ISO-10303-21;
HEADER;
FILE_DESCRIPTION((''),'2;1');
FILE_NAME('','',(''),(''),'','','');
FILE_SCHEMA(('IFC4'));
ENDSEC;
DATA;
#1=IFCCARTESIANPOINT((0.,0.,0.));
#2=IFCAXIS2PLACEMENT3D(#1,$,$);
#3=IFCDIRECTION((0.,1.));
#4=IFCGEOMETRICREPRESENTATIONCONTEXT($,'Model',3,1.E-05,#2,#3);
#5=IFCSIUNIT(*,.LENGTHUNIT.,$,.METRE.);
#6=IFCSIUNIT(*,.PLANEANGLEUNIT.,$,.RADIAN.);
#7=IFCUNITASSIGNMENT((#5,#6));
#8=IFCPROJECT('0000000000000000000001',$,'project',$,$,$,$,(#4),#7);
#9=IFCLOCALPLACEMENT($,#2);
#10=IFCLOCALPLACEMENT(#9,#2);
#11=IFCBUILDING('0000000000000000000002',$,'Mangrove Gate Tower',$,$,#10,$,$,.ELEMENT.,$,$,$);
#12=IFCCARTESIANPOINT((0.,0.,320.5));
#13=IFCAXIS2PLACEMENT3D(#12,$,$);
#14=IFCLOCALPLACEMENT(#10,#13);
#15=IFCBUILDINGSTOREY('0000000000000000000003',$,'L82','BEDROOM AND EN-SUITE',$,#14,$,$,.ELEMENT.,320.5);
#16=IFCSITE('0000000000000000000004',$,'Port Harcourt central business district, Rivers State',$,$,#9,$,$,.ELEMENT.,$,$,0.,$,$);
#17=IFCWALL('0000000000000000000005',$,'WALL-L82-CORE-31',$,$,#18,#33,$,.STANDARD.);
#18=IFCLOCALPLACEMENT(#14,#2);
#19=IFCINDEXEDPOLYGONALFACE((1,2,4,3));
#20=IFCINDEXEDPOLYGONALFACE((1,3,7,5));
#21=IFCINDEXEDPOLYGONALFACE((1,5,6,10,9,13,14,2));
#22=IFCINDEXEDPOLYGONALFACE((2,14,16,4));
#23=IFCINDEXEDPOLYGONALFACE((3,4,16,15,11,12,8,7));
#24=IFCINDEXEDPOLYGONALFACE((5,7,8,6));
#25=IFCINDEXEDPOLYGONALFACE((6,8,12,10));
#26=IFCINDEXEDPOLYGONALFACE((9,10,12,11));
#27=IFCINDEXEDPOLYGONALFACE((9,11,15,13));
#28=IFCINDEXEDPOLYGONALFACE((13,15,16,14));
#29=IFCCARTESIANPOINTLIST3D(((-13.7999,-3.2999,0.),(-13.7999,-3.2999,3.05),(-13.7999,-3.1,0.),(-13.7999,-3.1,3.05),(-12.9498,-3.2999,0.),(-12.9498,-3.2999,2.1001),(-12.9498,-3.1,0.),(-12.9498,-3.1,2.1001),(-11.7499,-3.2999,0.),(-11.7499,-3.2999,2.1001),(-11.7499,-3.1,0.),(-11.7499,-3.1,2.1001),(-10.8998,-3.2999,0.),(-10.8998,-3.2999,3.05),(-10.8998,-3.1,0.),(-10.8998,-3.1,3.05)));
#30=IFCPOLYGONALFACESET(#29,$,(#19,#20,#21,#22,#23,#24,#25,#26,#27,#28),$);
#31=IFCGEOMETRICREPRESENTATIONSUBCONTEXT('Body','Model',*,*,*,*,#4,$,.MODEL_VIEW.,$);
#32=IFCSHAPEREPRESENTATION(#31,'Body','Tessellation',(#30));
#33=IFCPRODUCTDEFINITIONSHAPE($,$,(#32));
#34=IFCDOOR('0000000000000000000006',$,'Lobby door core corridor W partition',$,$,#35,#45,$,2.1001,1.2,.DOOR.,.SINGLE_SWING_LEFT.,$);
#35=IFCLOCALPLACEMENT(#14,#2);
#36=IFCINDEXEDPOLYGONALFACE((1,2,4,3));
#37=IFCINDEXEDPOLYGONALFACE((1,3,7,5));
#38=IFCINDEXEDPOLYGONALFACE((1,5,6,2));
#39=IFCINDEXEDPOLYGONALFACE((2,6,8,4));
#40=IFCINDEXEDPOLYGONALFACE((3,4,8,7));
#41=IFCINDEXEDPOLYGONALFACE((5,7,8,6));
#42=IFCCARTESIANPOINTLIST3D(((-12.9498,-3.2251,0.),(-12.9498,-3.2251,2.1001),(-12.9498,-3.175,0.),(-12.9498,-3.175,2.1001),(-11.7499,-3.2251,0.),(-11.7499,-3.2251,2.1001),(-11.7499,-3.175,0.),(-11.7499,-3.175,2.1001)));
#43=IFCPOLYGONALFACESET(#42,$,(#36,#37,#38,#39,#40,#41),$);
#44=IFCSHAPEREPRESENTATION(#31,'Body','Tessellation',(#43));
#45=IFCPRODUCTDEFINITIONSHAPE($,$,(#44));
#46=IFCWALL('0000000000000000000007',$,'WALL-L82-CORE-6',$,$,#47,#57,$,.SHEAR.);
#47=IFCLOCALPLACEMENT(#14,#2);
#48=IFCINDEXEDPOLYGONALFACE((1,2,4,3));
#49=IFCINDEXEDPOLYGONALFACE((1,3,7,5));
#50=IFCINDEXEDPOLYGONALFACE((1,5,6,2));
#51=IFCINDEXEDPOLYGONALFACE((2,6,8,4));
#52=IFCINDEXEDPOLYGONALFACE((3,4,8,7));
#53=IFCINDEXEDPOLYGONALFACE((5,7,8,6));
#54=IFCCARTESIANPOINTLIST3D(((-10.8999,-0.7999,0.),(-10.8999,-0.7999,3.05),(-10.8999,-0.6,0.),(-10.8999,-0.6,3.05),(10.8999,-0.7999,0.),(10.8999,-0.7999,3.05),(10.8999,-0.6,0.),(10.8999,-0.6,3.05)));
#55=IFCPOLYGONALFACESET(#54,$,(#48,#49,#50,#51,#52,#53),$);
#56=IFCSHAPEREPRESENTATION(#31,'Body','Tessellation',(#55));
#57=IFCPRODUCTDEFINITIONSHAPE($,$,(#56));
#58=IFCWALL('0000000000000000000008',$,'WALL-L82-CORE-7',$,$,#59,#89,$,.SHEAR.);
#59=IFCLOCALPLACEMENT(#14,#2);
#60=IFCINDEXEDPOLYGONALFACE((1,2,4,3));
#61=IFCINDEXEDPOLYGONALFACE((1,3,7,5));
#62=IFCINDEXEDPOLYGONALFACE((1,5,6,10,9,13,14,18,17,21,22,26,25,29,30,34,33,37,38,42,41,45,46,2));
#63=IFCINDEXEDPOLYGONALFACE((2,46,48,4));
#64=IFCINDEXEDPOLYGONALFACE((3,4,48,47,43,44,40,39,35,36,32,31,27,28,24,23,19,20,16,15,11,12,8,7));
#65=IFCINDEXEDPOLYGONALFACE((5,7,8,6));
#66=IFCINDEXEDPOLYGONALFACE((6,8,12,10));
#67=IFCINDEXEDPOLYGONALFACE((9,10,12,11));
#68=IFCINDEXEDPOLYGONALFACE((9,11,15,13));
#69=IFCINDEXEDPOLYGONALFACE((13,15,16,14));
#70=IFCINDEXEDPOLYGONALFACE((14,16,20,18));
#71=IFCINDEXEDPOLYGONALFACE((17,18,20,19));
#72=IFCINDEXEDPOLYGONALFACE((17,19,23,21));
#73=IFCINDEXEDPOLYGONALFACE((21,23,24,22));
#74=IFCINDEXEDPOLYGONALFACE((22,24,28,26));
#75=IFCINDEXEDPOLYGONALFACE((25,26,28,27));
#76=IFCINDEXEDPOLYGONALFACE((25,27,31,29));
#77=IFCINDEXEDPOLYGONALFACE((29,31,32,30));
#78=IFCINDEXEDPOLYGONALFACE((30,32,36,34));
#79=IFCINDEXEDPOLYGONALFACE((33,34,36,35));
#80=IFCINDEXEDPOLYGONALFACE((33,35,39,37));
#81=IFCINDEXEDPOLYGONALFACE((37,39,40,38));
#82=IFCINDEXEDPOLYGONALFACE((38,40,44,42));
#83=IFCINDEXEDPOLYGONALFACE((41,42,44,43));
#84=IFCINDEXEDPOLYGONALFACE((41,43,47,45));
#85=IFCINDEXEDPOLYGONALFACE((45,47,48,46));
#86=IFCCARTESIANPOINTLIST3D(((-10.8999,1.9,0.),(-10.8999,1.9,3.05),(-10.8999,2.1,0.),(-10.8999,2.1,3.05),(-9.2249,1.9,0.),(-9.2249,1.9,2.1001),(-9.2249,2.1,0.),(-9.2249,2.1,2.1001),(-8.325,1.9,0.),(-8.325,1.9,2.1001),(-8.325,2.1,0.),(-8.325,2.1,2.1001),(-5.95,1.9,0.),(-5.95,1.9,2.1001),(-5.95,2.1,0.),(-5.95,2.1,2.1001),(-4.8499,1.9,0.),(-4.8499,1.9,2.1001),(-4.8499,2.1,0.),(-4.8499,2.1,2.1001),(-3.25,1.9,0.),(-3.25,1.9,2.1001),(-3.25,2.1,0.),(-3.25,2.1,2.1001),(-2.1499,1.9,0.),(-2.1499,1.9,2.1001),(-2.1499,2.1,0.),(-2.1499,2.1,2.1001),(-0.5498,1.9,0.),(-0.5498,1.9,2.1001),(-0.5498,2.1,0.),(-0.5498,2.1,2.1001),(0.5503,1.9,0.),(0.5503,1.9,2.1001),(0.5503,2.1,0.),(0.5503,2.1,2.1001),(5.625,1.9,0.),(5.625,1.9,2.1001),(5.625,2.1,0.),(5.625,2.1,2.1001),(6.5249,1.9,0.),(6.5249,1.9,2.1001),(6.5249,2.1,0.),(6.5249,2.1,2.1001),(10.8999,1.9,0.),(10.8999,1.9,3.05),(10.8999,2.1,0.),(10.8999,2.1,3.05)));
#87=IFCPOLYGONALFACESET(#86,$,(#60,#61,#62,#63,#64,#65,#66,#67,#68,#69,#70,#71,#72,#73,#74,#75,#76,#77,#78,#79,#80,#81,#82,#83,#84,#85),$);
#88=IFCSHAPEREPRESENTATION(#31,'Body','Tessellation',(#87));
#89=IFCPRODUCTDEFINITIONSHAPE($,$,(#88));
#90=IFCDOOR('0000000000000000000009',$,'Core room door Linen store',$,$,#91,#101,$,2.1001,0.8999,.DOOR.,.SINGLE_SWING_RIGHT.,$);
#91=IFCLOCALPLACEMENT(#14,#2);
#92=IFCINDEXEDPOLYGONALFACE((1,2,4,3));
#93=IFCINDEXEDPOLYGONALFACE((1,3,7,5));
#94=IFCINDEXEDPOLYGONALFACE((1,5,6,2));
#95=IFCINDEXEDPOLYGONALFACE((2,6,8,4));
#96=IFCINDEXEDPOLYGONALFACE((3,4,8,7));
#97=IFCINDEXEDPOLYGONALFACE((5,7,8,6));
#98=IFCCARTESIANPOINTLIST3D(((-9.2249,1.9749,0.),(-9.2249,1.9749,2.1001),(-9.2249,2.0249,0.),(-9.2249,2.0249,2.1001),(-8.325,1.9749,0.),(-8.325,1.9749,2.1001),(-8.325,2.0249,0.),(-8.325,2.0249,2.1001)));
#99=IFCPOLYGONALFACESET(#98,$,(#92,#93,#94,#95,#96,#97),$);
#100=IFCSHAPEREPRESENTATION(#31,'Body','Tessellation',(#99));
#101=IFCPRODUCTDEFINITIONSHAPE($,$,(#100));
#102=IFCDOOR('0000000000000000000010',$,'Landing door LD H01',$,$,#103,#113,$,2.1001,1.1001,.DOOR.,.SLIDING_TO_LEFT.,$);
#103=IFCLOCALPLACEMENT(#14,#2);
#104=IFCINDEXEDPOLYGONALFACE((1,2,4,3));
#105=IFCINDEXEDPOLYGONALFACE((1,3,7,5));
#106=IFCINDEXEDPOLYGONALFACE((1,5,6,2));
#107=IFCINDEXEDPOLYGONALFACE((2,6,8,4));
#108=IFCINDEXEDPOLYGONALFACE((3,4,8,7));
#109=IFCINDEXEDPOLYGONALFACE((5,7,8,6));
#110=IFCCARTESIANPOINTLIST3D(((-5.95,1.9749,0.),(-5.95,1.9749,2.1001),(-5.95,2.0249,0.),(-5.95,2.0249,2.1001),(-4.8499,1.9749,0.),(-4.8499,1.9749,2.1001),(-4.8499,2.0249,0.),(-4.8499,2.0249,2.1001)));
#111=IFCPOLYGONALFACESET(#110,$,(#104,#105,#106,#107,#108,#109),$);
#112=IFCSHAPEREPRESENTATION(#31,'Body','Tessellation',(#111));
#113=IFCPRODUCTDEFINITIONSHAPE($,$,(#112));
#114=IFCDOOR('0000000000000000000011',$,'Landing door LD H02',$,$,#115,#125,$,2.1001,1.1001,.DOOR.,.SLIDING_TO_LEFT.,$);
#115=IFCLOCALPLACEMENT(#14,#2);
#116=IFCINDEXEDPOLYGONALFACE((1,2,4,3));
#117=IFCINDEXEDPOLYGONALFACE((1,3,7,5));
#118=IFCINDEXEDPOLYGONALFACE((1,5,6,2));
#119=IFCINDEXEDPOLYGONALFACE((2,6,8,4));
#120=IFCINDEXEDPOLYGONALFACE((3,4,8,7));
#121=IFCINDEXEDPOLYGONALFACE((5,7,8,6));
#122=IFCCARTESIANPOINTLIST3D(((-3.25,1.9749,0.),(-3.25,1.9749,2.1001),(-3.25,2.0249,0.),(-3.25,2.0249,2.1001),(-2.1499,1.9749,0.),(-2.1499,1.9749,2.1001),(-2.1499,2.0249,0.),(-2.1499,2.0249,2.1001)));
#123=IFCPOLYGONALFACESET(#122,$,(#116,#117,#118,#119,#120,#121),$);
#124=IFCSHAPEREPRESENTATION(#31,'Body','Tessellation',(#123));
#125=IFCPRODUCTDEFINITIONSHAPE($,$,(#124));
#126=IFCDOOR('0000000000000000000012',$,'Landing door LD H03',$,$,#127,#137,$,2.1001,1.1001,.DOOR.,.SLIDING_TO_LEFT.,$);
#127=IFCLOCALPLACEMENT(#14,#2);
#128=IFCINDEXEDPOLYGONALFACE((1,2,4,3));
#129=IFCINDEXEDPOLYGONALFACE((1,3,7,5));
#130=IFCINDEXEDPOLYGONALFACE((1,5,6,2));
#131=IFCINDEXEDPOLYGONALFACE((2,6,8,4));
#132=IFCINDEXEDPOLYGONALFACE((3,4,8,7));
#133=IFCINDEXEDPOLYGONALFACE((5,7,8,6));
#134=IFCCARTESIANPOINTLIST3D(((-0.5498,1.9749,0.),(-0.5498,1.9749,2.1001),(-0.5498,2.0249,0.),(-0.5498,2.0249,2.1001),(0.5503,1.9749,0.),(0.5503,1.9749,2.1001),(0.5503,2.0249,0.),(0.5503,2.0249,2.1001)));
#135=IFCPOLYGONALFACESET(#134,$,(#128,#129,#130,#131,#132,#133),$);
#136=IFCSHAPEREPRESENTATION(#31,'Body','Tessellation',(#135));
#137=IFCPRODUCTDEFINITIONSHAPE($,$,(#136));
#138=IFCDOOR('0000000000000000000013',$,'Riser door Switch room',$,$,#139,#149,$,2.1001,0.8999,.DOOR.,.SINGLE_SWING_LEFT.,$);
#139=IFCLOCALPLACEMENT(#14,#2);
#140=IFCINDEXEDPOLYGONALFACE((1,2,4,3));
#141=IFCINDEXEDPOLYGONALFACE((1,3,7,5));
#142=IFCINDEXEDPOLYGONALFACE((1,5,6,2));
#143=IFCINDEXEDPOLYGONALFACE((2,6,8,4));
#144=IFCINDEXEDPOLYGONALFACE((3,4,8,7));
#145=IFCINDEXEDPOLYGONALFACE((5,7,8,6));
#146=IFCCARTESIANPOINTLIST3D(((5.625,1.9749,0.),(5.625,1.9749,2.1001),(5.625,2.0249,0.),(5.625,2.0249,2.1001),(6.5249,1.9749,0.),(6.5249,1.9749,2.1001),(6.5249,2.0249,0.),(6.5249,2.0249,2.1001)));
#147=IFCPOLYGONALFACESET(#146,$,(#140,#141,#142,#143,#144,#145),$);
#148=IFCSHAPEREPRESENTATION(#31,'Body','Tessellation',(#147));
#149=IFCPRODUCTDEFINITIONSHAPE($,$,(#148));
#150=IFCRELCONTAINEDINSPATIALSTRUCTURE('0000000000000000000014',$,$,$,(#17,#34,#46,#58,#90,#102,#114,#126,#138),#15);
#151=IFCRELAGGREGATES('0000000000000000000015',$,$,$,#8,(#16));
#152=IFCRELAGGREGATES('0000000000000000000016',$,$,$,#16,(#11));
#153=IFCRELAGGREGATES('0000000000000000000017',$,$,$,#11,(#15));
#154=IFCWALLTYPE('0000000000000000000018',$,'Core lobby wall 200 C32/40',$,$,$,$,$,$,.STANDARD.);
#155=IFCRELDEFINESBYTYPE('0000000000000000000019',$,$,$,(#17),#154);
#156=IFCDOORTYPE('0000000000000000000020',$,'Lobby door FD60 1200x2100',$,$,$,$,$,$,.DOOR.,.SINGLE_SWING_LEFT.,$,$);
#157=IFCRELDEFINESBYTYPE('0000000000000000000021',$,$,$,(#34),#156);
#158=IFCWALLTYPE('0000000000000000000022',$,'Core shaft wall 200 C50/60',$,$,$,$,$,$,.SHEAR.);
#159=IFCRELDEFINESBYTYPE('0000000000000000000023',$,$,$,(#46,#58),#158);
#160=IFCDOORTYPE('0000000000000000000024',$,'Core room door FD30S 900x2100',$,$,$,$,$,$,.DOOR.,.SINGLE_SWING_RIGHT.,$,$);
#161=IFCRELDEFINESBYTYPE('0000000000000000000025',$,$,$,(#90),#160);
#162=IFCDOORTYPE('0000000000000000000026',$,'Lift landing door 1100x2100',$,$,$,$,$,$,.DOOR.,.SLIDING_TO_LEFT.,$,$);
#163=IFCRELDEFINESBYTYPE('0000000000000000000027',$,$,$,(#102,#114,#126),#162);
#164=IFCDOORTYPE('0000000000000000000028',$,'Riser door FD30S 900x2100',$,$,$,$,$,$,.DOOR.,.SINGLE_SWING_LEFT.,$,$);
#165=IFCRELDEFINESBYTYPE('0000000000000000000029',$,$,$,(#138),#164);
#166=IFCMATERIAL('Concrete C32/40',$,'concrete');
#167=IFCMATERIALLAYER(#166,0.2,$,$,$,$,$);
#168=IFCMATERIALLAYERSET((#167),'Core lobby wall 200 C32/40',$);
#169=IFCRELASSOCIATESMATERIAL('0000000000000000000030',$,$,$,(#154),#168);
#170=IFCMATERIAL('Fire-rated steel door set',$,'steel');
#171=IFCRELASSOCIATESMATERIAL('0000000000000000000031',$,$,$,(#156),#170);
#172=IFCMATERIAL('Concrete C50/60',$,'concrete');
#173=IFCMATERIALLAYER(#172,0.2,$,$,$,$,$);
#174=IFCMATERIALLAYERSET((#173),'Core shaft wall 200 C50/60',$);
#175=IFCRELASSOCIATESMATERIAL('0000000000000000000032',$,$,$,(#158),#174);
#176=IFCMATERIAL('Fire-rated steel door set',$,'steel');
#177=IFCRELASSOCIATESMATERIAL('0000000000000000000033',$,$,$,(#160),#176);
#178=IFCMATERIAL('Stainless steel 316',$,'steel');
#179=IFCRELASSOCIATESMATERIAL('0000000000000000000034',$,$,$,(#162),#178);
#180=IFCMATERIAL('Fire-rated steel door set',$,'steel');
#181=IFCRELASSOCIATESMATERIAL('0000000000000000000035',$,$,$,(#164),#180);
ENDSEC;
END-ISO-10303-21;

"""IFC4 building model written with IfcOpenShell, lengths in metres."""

from ifc_helpers import new_model, si_unit, direction, frame, frame_2d, origin, place, context, subcontext, project, spatial, rectangle, extrude, material, layer, layer_set, type_object, element, fill, save


model = new_model("IFC4")

# Units and contexts
model_context = context("Model", 3, precision=1e-05, world=origin(), true_north=direction((0.0, 1.0)))
body_context = subcontext(model_context, "Body", "Model", "MODEL_VIEW")
ifc_project = project(units=[si_unit("LENGTHUNIT", "METRE"), si_unit("PLANEANGLEUNIT", "RADIAN")], contexts=[model_context])

# Site, building, storey
site_placement = place(None, origin())
site = spatial("IfcSite", under=ifc_project, at=site_placement, Name="Port Harcourt central business district, Rivers State", CompositionType="ELEMENT", RefElevation=0.0)
building_placement = place(site_placement, origin())
building = spatial("IfcBuilding", under=site, at=building_placement, Name="Mangrove Gate Tower", CompositionType="ELEMENT")
storey_placement = place(building_placement, frame((0.0, 0.0, 320.5)))
storey = spatial("IfcBuildingStorey", under=building, at=storey_placement, Name="L82", Description="BEDROOM AND EN-SUITE", CompositionType="ELEMENT", Elevation=320.5)

# Wall, opening, door
ifc_material_1 = material(Name="Concrete C32/40", Category="concrete")
ifc_layer_1 = layer(ifc_material_1, 0.2)
ifc_layer_set_1 = layer_set([ifc_layer_1], Name="Core lobby wall 200 C32/40")
wall_type_1 = type_object("IfcWallType", Name="Core lobby wall 200 C32/40", PredefinedType="STANDARD", material=ifc_layer_set_1)
wall_1_placement = place(storey_placement, frame((-13.8, -3.2, 0.0), z_axis=(0.0, 0.0, 1.0), x_axis=(1.0, 0.0, 0.0)))
wall_1 = element("IfcWall", 1, at=wall_1_placement, inside=storey, type_object=wall_type_1, Name="WALL-L82-CORE-31", PredefinedType="STANDARD", context=body_context, shape_type="SweptSolid", body=[
    extrude(rectangle(XDim=2.9001, YDim=0.2, at=frame_2d((1.4502, 0.0))), origin(), (0.0, 0.0, 1.0), 3.05),
])
opening_1_placement = place(wall_1_placement, frame((0.8501, 0.0, 0.0)))
opening_1 = element("IfcOpeningElement", 2, at=opening_1_placement, cuts=wall_1, PredefinedType="OPENING", context=body_context, shape_type="SweptSolid", body=[
    extrude(rectangle(XDim=1.2, YDim=2.1001, at=frame_2d((0.6001, 1.05))), frame((0.0, 0.1099, 0.0), z_axis=(0.0, -1.0, 0.0), x_axis=(1.0, 0.0, 0.0)), (0.0, 0.0, 1.0), 0.22),
])
ifc_material_2 = material(Name="Fire-rated steel door set", Category="steel")
door_type_1 = type_object("IfcDoorType", Name="Lobby door FD60 1200x2100", OperationType="SINGLE_SWING_LEFT", PredefinedType="DOOR", material=ifc_material_2)
door_1_placement = place(opening_1_placement, origin())
door_1 = element("IfcDoor", 3, at=door_1_placement, inside=storey, type_object=door_type_1, Name="Lobby door core corridor W partition", OperationType="SINGLE_SWING_LEFT", OverallHeight=2.1001, OverallWidth=1.2, PredefinedType="DOOR", context=body_context, shape_type="SweptSolid", body=[
    extrude(rectangle(XDim=1.2, YDim=2.1001, at=frame_2d((0.6001, 1.05))), frame((0.0, 0.0249, 0.0), z_axis=(0.0, -1.0, 0.0), x_axis=(1.0, 0.0, 0.0)), (0.0, 0.0, 1.0), 0.05),
])
fill(opening_1, door_1)

# Wall
ifc_material_3 = material(Name="Concrete C50/60", Category="concrete")
ifc_layer_2 = layer(ifc_material_3, 0.2)
ifc_layer_set_2 = layer_set([ifc_layer_2], Name="Core shaft wall 200 C50/60")
wall_type_2 = type_object("IfcWallType", Name="Core shaft wall 200 C50/60", PredefinedType="SHEAR", material=ifc_layer_set_2)
wall_2_placement = place(storey_placement, frame((-10.8999, -0.7, 0.0), z_axis=(0.0, 0.0, 1.0), x_axis=(1.0, 0.0, 0.0)))
element("IfcWall", 4, at=wall_2_placement, inside=storey, type_object=wall_type_2, Name="WALL-L82-CORE-6", PredefinedType="SHEAR", context=body_context, shape_type="SweptSolid", body=[
    extrude(rectangle(XDim=21.7998, YDim=0.2, at=frame_2d((10.8999, 0.0))), origin(), (0.0, 0.0, 1.0), 3.05),
])

# Wall, openings, doors
wall_3_placement = place(storey_placement, frame((-10.8999, 2.0, 0.0), z_axis=(0.0, 0.0, 1.0), x_axis=(1.0, 0.0, 0.0)))
wall_3 = element("IfcWall", 5, at=wall_3_placement, inside=storey, type_object=wall_type_2, Name="WALL-L82-CORE-7", PredefinedType="SHEAR", context=body_context, shape_type="SweptSolid", body=[
    extrude(rectangle(XDim=21.7998, YDim=0.2, at=frame_2d((10.8999, 0.0))), origin(), (0.0, 0.0, 1.0), 3.05),
])
opening_2_placement = place(wall_3_placement, frame((4.95, 0.0, 0.0)))
opening_2 = element("IfcOpeningElement", 6, at=opening_2_placement, cuts=wall_3, PredefinedType="OPENING", context=body_context, shape_type="SweptSolid", body=[
    extrude(rectangle(XDim=1.1001, YDim=2.1001, at=frame_2d((0.55, 1.05))), frame((0.0, 0.1099, 0.0), z_axis=(0.0, -1.0, 0.0), x_axis=(1.0, 0.0, 0.0)), (0.0, 0.0, 1.0), 0.22),
])
opening_3_placement = place(wall_3_placement, frame((7.6499, 0.0, 0.0)))
opening_3 = element("IfcOpeningElement", 7, at=opening_3_placement, cuts=wall_3, PredefinedType="OPENING", context=body_context, shape_type="SweptSolid", body=[
    extrude(rectangle(XDim=1.1001, YDim=2.1001, at=frame_2d((0.55, 1.05))), frame((0.0, 0.1099, 0.0), z_axis=(0.0, -1.0, 0.0), x_axis=(1.0, 0.0, 0.0)), (0.0, 0.0, 1.0), 0.22),
])
opening_4_placement = place(wall_3_placement, frame((10.3501, 0.0, 0.0)))
opening_4 = element("IfcOpeningElement", 8, at=opening_4_placement, cuts=wall_3, PredefinedType="OPENING", context=body_context, shape_type="SweptSolid", body=[
    extrude(rectangle(XDim=1.1001, YDim=2.1001, at=frame_2d((0.55, 1.05))), frame((0.0, 0.1099, 0.0), z_axis=(0.0, -1.0, 0.0), x_axis=(1.0, 0.0, 0.0)), (0.0, 0.0, 1.0), 0.22),
])
opening_5_placement = place(wall_3_placement, frame((1.675, 0.0, 0.0)))
opening_5 = element("IfcOpeningElement", 9, at=opening_5_placement, cuts=wall_3, PredefinedType="OPENING", context=body_context, shape_type="SweptSolid", body=[
    extrude(rectangle(XDim=0.8999, YDim=2.1001, at=frame_2d((0.45, 1.05))), frame((0.0, 0.1099, 0.0), z_axis=(0.0, -1.0, 0.0), x_axis=(1.0, 0.0, 0.0)), (0.0, 0.0, 1.0), 0.22),
])
opening_6_placement = place(wall_3_placement, frame((16.5249, 0.0, 0.0)))
opening_6 = element("IfcOpeningElement", 10, at=opening_6_placement, cuts=wall_3, PredefinedType="OPENING", context=body_context, shape_type="SweptSolid", body=[
    extrude(rectangle(XDim=0.8999, YDim=2.1001, at=frame_2d((0.45, 1.05))), frame((0.0, 0.1099, 0.0), z_axis=(0.0, -1.0, 0.0), x_axis=(1.0, 0.0, 0.0)), (0.0, 0.0, 1.0), 0.22),
])
ifc_material_4 = material(Name="Fire-rated steel door set", Category="steel")
door_type_2 = type_object("IfcDoorType", Name="Core room door FD30S 900x2100", OperationType="SINGLE_SWING_RIGHT", PredefinedType="DOOR", material=ifc_material_4)
door_2_placement = place(opening_5_placement, origin())
door_2 = element("IfcDoor", 11, at=door_2_placement, inside=storey, type_object=door_type_2, Name="Core room door Linen store", OperationType="SINGLE_SWING_RIGHT", OverallHeight=2.1001, OverallWidth=0.8999, PredefinedType="DOOR", context=body_context, shape_type="SweptSolid", body=[
    extrude(rectangle(XDim=0.8999, YDim=2.1001, at=frame_2d((0.45, 1.05))), frame((0.0, 0.0249, 0.0), z_axis=(0.0, -1.0, 0.0), x_axis=(1.0, 0.0, 0.0)), (0.0, 0.0, 1.0), 0.05),
])
fill(opening_5, door_2)
ifc_material_5 = material(Name="Stainless steel 316", Category="steel")
door_type_3 = type_object("IfcDoorType", Name="Lift landing door 1100x2100", OperationType="SLIDING_TO_LEFT", PredefinedType="DOOR", material=ifc_material_5)
door_3_placement = place(opening_2_placement, origin())
door_3 = element("IfcDoor", 12, at=door_3_placement, inside=storey, type_object=door_type_3, Name="Landing door LD H01", OperationType="SLIDING_TO_LEFT", OverallHeight=2.1001, OverallWidth=1.1001, PredefinedType="DOOR", context=body_context, shape_type="SweptSolid", body=[
    extrude(rectangle(XDim=1.1001, YDim=2.1001, at=frame_2d((0.55, 1.05))), frame((0.0, 0.0249, 0.0), z_axis=(0.0, -1.0, 0.0), x_axis=(1.0, 0.0, 0.0)), (0.0, 0.0, 1.0), 0.05),
])
fill(opening_2, door_3)
door_4_placement = place(opening_3_placement, origin())
door_4 = element("IfcDoor", 13, at=door_4_placement, inside=storey, type_object=door_type_3, Name="Landing door LD H02", OperationType="SLIDING_TO_LEFT", OverallHeight=2.1001, OverallWidth=1.1001, PredefinedType="DOOR", context=body_context, shape_type="SweptSolid", body=[
    extrude(rectangle(XDim=1.1001, YDim=2.1001, at=frame_2d((0.55, 1.05))), frame((0.0, 0.0249, 0.0), z_axis=(0.0, -1.0, 0.0), x_axis=(1.0, 0.0, 0.0)), (0.0, 0.0, 1.0), 0.05),
])
fill(opening_3, door_4)
door_5_placement = place(opening_4_placement, origin())
door_5 = element("IfcDoor", 14, at=door_5_placement, inside=storey, type_object=door_type_3, Name="Landing door LD H03", OperationType="SLIDING_TO_LEFT", OverallHeight=2.1001, OverallWidth=1.1001, PredefinedType="DOOR", context=body_context, shape_type="SweptSolid", body=[
    extrude(rectangle(XDim=1.1001, YDim=2.1001, at=frame_2d((0.55, 1.05))), frame((0.0, 0.0249, 0.0), z_axis=(0.0, -1.0, 0.0), x_axis=(1.0, 0.0, 0.0)), (0.0, 0.0, 1.0), 0.05),
])
fill(opening_4, door_5)
ifc_material_6 = material(Name="Fire-rated steel door set", Category="steel")
door_type_4 = type_object("IfcDoorType", Name="Riser door FD30S 900x2100", OperationType="SINGLE_SWING_LEFT", PredefinedType="DOOR", material=ifc_material_6)
door_6_placement = place(opening_6_placement, origin())
door_6 = element("IfcDoor", 15, at=door_6_placement, inside=storey, type_object=door_type_4, Name="Riser door Switch room", OperationType="SINGLE_SWING_LEFT", OverallHeight=2.1001, OverallWidth=0.8999, PredefinedType="DOOR", context=body_context, shape_type="SweptSolid", body=[
    extrude(rectangle(XDim=0.8999, YDim=2.1001, at=frame_2d((0.45, 1.05))), frame((0.0, 0.0249, 0.0), z_axis=(0.0, -1.0, 0.0), x_axis=(1.0, 0.0, 0.0)), (0.0, 0.0, 1.0), 0.05),
])
fill(opening_6, door_6)

save(model, "model.ifc")
